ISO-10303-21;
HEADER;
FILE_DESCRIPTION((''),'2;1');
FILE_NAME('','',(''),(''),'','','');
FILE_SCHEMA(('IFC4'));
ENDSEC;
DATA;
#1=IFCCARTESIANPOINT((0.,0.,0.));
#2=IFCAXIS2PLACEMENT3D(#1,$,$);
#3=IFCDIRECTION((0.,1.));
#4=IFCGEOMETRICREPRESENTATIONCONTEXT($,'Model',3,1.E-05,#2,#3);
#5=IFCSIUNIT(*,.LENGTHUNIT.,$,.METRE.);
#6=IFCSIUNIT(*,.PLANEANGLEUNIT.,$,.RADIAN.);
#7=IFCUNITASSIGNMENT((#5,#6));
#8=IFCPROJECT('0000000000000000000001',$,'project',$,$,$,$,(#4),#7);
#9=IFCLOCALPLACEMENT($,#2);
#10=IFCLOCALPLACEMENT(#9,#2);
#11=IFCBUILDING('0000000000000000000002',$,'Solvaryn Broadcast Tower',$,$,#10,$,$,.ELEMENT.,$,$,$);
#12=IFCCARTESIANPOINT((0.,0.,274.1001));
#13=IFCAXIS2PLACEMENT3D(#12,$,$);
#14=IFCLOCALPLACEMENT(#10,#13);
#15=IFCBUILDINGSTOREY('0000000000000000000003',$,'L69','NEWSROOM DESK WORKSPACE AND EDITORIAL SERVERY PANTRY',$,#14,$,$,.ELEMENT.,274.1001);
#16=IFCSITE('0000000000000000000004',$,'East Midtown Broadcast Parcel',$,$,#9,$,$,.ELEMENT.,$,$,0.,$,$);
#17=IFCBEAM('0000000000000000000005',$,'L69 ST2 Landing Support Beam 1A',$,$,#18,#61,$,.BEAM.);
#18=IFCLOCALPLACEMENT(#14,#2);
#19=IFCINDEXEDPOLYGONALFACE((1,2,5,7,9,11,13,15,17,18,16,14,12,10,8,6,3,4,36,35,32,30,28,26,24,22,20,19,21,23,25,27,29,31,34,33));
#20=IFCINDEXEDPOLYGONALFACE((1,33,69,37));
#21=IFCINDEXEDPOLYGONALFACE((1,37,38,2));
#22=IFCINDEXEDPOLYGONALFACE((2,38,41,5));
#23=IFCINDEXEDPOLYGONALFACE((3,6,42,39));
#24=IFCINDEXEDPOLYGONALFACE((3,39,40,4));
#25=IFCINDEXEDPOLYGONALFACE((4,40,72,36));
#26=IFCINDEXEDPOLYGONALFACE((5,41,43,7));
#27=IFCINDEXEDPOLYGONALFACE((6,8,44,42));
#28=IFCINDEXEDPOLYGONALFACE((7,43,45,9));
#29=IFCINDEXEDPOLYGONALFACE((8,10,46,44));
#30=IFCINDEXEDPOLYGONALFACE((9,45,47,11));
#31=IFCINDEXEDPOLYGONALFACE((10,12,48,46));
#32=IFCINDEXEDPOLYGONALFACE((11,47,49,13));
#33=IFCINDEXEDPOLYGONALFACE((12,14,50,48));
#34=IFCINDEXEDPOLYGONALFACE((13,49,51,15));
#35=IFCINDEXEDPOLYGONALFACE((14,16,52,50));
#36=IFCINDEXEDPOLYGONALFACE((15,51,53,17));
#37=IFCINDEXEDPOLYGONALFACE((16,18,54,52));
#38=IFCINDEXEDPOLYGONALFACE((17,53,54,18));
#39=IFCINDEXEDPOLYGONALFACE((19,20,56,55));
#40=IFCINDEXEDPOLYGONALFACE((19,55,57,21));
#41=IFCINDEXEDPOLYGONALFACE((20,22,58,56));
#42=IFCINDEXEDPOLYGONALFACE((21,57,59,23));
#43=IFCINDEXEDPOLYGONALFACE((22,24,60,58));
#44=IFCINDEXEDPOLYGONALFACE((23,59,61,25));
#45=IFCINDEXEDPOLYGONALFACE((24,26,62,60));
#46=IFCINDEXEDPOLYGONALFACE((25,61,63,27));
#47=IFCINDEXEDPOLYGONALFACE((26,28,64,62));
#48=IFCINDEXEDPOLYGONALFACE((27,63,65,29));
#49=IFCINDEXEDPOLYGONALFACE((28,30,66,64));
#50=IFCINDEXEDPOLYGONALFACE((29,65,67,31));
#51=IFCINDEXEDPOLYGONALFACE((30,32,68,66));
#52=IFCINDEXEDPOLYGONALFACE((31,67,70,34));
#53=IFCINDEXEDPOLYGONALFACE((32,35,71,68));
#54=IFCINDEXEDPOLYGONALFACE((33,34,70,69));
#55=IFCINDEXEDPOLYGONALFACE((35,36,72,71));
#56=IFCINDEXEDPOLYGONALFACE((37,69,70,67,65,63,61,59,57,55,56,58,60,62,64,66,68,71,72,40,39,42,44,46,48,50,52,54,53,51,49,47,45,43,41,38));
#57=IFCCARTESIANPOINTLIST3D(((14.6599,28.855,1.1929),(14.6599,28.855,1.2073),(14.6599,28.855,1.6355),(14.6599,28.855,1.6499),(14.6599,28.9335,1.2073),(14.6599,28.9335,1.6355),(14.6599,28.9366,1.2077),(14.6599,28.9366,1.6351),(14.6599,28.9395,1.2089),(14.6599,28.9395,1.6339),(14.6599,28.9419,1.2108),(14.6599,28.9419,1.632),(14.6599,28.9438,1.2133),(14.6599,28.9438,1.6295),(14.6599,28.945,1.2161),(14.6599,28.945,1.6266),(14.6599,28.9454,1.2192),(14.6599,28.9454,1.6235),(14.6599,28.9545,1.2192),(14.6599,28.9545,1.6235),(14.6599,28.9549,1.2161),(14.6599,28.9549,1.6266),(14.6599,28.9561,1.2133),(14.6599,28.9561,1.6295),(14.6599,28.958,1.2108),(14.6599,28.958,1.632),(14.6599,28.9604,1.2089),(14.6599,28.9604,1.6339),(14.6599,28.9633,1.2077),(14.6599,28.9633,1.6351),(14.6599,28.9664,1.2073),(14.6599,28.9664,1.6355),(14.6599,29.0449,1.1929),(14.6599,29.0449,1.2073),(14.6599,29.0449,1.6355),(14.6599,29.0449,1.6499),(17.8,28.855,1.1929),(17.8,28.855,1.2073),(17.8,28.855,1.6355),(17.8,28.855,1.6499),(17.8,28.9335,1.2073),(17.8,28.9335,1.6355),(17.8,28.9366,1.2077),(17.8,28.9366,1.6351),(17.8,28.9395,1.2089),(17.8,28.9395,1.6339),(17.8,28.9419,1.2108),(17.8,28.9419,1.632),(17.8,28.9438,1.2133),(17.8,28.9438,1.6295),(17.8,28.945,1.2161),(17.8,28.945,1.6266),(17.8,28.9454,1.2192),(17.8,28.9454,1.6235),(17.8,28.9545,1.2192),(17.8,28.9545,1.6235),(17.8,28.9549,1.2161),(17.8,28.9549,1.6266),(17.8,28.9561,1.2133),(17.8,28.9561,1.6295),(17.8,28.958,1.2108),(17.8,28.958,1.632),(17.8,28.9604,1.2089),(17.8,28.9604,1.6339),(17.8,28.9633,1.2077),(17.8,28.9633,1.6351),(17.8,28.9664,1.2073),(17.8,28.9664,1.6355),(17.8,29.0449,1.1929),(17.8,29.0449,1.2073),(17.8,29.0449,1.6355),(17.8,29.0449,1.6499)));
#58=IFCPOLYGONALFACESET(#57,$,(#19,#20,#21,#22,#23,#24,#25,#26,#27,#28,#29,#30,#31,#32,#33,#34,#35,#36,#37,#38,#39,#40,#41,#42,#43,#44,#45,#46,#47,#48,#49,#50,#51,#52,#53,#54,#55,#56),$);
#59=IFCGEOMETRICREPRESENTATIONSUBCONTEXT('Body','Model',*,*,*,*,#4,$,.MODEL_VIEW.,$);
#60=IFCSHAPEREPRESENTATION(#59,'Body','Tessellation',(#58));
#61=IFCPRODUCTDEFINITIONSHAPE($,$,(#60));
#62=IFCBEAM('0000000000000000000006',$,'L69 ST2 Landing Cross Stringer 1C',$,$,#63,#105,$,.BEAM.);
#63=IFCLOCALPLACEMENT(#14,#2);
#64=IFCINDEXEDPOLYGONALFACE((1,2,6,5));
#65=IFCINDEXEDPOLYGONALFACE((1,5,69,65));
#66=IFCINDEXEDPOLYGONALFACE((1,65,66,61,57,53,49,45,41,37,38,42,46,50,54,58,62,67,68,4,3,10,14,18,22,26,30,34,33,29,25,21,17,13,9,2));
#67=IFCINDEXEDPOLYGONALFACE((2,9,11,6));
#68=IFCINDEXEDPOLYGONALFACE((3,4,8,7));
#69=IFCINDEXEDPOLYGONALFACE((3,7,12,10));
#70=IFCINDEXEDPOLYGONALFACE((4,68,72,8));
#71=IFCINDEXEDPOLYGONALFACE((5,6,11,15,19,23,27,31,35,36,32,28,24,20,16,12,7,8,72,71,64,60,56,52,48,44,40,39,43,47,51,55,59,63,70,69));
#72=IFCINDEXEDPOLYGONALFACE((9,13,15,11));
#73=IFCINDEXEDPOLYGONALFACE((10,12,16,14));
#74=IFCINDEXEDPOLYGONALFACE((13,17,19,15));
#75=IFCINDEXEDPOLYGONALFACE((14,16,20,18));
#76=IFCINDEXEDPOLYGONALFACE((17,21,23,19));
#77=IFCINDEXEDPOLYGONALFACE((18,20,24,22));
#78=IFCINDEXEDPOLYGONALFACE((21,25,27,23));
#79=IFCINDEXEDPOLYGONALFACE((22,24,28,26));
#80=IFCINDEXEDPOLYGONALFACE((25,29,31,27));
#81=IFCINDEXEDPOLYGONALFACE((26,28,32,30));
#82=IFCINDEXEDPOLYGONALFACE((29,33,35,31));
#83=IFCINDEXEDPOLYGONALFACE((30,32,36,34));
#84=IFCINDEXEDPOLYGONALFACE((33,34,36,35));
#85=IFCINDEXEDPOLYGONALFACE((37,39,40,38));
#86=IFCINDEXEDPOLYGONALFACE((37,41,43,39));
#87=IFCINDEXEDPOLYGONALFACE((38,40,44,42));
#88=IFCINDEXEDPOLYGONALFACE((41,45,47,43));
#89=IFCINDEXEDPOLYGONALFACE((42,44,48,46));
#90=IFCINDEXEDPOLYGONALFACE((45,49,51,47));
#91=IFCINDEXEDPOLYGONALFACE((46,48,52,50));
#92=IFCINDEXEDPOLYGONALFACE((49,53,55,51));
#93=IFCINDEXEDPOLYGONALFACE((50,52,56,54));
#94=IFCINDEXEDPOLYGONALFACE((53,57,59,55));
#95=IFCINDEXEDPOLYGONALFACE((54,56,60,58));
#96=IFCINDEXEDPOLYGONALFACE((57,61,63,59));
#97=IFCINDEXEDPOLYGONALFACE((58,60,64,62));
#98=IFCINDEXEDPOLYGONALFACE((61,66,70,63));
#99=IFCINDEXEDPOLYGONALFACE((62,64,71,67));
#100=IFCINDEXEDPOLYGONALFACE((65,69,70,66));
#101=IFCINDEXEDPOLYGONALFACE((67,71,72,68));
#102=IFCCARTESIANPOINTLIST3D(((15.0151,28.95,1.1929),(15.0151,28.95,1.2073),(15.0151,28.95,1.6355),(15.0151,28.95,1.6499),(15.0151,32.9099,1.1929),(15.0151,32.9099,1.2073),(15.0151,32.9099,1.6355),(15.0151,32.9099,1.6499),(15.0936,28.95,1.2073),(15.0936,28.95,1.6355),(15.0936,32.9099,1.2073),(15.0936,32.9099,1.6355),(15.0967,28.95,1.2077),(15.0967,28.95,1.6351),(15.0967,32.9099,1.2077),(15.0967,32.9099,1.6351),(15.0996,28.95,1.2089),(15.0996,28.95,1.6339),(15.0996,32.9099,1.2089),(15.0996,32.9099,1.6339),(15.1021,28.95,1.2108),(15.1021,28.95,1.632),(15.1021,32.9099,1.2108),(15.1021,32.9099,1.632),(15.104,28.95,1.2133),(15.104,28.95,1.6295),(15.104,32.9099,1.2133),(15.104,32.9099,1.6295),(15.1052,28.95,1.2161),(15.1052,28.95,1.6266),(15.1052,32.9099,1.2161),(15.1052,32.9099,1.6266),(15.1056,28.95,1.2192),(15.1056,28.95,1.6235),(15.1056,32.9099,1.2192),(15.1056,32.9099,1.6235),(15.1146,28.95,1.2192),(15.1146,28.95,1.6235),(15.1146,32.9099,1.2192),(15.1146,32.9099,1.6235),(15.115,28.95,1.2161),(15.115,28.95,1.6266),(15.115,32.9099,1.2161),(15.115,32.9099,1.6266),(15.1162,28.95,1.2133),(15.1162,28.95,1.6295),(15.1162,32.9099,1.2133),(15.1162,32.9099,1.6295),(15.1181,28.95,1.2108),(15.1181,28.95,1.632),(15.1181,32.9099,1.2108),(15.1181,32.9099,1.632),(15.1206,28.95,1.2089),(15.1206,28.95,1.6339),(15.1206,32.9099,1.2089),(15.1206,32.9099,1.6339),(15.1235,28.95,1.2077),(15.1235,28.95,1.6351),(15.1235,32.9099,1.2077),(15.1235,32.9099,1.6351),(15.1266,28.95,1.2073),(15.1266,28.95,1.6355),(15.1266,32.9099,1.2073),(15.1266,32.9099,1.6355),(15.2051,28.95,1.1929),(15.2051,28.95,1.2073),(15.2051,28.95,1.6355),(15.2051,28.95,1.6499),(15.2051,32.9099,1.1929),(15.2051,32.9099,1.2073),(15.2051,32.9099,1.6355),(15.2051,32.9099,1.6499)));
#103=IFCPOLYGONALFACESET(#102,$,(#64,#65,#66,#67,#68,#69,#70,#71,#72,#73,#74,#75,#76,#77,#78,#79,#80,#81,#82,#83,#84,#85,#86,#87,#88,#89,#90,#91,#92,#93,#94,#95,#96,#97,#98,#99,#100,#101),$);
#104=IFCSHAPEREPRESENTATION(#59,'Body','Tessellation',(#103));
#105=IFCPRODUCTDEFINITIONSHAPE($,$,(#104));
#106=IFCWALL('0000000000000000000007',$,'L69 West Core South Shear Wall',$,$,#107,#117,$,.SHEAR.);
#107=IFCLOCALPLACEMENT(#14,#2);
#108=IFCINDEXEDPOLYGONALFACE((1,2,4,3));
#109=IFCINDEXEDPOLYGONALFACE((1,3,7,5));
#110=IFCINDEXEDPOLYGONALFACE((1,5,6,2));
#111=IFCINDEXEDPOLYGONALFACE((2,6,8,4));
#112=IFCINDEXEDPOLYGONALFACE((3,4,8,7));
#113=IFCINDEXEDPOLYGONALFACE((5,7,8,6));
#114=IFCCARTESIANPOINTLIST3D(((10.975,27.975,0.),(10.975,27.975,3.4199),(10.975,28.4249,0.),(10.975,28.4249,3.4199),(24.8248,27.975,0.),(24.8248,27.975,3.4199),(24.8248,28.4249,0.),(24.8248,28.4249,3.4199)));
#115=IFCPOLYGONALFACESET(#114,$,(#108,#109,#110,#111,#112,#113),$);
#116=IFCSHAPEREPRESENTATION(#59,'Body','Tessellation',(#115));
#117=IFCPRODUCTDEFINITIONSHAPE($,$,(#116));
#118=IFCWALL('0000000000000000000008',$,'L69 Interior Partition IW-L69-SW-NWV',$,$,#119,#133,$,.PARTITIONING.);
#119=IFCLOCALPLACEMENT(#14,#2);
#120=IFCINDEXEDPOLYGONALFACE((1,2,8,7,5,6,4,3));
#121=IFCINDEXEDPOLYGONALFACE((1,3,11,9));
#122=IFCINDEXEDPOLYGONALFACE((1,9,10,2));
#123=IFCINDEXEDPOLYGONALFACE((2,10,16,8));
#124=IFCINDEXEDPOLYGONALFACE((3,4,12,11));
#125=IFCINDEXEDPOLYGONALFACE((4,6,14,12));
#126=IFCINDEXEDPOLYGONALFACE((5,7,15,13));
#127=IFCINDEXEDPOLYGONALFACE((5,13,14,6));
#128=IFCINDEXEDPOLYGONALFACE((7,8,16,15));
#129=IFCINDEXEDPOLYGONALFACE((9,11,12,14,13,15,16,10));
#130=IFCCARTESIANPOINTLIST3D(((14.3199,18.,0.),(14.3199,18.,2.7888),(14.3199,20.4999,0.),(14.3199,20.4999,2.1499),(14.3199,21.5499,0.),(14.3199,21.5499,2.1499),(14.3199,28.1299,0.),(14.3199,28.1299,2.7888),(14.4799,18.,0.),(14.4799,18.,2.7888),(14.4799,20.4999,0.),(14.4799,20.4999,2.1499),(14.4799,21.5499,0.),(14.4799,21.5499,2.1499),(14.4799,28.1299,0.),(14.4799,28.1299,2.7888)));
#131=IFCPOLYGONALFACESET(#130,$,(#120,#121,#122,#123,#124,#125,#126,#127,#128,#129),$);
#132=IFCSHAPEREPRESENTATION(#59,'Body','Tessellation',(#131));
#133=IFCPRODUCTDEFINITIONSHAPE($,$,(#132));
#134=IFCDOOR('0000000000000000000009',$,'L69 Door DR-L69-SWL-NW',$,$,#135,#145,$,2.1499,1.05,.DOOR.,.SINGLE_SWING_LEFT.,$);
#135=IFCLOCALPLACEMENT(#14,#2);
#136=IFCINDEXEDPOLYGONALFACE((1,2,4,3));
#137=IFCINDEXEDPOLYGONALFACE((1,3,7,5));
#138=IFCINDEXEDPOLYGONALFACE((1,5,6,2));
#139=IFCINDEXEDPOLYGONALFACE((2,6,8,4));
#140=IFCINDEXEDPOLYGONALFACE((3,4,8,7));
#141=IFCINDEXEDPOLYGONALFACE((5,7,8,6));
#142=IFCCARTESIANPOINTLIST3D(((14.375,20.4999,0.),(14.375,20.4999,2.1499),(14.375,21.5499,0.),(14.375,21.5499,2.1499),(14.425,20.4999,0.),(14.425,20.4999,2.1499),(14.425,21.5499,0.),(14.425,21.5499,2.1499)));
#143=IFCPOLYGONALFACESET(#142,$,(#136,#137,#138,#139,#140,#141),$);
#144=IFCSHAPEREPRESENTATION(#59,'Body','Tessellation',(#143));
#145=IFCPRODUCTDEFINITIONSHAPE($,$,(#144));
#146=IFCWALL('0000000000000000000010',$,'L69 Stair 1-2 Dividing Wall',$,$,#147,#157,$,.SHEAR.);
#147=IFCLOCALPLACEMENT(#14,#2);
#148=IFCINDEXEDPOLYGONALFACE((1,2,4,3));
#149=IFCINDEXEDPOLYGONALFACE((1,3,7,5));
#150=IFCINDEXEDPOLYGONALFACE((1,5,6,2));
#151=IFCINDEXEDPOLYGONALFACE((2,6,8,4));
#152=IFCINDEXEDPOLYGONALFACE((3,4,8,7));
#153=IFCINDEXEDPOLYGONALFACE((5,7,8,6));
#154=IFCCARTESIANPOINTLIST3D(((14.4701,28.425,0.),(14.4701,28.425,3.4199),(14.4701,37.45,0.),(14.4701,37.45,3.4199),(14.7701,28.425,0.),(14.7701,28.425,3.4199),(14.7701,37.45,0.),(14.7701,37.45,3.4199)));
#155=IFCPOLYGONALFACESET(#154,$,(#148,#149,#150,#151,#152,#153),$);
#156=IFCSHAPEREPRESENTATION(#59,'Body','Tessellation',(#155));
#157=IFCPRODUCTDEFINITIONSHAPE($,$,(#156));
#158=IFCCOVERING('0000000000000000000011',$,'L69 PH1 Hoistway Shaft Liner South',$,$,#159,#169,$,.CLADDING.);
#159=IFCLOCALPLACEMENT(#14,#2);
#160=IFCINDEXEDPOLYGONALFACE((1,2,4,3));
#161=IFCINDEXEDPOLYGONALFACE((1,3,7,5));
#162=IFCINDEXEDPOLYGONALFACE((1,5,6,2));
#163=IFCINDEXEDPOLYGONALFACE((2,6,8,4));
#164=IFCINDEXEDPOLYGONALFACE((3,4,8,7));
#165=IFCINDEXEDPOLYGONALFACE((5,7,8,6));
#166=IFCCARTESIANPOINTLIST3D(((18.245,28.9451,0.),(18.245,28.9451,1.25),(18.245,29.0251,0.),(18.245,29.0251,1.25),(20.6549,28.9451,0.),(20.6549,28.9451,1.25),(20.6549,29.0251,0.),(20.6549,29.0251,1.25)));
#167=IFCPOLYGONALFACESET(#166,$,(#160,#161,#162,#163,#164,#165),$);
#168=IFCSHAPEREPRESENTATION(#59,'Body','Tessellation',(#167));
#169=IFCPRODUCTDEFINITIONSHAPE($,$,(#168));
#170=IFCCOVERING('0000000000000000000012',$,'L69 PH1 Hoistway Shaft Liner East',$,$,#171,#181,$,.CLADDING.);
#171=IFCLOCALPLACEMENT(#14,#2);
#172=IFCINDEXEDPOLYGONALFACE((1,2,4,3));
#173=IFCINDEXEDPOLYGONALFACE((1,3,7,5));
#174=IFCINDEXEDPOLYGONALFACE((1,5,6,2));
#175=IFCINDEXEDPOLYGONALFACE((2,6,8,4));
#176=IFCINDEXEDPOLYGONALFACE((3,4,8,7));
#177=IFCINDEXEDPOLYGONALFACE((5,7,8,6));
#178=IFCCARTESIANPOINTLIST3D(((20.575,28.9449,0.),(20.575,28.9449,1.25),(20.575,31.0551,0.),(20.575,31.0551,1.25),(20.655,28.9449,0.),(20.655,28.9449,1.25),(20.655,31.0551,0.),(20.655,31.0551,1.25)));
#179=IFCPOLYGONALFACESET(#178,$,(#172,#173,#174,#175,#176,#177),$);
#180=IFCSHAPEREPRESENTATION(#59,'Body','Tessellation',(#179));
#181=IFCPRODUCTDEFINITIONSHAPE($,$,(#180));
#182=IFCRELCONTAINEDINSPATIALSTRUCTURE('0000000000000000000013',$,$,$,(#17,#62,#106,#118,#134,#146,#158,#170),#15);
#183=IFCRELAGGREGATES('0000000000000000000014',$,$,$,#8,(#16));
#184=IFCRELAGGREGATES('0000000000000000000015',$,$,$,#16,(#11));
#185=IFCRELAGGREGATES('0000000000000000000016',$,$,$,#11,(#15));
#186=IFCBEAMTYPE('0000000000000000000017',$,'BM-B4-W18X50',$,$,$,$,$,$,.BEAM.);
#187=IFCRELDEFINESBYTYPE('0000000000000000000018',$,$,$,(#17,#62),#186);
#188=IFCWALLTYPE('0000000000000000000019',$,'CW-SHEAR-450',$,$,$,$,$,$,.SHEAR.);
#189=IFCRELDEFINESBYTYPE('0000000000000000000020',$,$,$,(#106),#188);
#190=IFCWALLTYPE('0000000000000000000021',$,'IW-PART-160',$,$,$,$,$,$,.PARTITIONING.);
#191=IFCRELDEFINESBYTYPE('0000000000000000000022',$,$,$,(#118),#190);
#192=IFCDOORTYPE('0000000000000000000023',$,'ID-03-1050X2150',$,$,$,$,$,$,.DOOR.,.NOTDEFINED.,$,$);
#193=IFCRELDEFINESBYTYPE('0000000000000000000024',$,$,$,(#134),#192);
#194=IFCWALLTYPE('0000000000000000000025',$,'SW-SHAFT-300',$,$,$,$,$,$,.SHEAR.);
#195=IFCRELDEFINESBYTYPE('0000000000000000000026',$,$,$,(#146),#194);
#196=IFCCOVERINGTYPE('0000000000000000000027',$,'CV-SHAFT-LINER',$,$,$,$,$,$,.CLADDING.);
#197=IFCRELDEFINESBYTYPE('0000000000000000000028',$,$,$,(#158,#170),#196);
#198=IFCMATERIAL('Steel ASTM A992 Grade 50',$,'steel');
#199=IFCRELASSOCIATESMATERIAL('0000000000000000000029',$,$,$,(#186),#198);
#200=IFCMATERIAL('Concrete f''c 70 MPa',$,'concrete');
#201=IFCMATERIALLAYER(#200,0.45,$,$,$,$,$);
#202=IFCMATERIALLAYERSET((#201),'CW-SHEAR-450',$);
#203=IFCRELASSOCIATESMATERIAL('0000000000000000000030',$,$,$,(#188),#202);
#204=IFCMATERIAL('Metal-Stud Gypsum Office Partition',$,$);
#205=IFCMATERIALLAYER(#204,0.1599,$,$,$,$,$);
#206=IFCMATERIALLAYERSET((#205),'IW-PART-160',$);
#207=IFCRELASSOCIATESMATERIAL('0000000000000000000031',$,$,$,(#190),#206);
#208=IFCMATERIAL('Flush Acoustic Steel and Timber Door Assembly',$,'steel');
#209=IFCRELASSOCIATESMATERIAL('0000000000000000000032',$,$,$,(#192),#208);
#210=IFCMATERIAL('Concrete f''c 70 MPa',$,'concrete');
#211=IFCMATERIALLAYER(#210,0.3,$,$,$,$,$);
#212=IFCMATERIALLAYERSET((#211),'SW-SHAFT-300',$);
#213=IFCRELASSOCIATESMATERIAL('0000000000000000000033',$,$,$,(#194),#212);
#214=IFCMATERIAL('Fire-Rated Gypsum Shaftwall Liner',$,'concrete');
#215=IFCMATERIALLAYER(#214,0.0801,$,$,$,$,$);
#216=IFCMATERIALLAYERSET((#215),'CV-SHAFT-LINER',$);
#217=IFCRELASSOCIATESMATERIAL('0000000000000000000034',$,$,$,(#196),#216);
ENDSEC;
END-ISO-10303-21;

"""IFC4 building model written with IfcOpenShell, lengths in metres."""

from ifc_helpers import new_model, si_unit, direction, frame, frame_2d, origin, origin_2d, place, context, subcontext, project, spatial, rectangle, i_section, extrude, material, layer, layer_set, material_profile, profile_set, type_object, element, fill, save


model = new_model("IFC4")

# Units and contexts
model_context = context("Model", 3, precision=1e-05, world=origin(), true_north=direction((0.0, 1.0)))
body_context = subcontext(model_context, "Body", "Model", "MODEL_VIEW")
ifc_project = project(units=[si_unit("LENGTHUNIT", "METRE"), si_unit("PLANEANGLEUNIT", "RADIAN")], contexts=[model_context])

# Site, building, storey
site_placement = place(None, origin())
site = spatial("IfcSite", under=ifc_project, at=site_placement, Name="East Midtown Broadcast Parcel", CompositionType="ELEMENT", RefElevation=0.0)
building_placement = place(site_placement, origin())
building = spatial("IfcBuilding", under=site, at=building_placement, Name="Solvaryn Broadcast Tower", CompositionType="ELEMENT")
storey_placement = place(building_placement, frame((0.0, 0.0, 274.1001)))
storey = spatial("IfcBuildingStorey", under=building, at=storey_placement, Name="L69", Description="NEWSROOM DESK WORKSPACE AND EDITORIAL SERVERY PANTRY", CompositionType="ELEMENT", Elevation=274.1001)

# Beams
ifc_material_1 = material(Name="Steel ASTM A992 Grade 50", Category="steel")
ifc_material_profile_1 = material_profile(ifc_material_1, i_section(OverallWidth=0.1899, OverallDepth=0.457, WebThickness=0.009, FlangeThickness=0.0144, FilletRadius=0.012, at=origin_2d()))
ifc_profile_set_1 = profile_set([ifc_material_profile_1], Name="Steel ASTM A992 Grade 50")
beam_type_1 = type_object("IfcBeamType", Name="BM-B4-W18X50", PredefinedType="BEAM", material=ifc_profile_set_1)
beam_1_placement = place(storey_placement, frame((14.6599, 28.95, 1.4214), z_axis=(1.0, 0.0, 0.0), x_axis=(0.0, 1.0, 0.0)))
element("IfcBeam", 1, at=beam_1_placement, inside=storey, type_object=beam_type_1, Name="L69 ST2 Landing Support Beam 1A", PredefinedType="BEAM", context=body_context, shape_type="SweptSolid", body=[
    extrude(i_section(OverallWidth=0.1899, OverallDepth=0.457, WebThickness=0.009, FlangeThickness=0.0144, FilletRadius=0.012, at=origin_2d()), origin(), (0.0, 0.0, 1.0), 3.1401),
])
beam_2_placement = place(storey_placement, frame((15.1101, 28.95, 1.4214), z_axis=(0.0, 1.0, 0.0), x_axis=(-1.0, 0.0, 0.0)))
element("IfcBeam", 2, at=beam_2_placement, inside=storey, type_object=beam_type_1, Name="L69 ST2 Landing Cross Stringer 1C", PredefinedType="BEAM", context=body_context, shape_type="SweptSolid", body=[
    extrude(i_section(OverallWidth=0.1899, OverallDepth=0.457, WebThickness=0.009, FlangeThickness=0.0144, FilletRadius=0.012, at=origin_2d()), origin(), (0.0, 0.0, 1.0), 3.96),
])

# Wall
ifc_material_2 = material(Name="Concrete f'c 70 MPa", Category="concrete")
ifc_layer_1 = layer(ifc_material_2, 0.45)
ifc_layer_set_1 = layer_set([ifc_layer_1], Name="CW-SHEAR-450")
wall_type_1 = type_object("IfcWallType", Name="CW-SHEAR-450", PredefinedType="SHEAR", material=ifc_layer_set_1)
wall_1_placement = place(storey_placement, frame((10.9751, 28.2, 0.0), z_axis=(0.0, 0.0, 1.0), x_axis=(1.0, 0.0, 0.0)))
element("IfcWall", 3, at=wall_1_placement, inside=storey, type_object=wall_type_1, Name="L69 West Core South Shear Wall", PredefinedType="SHEAR", context=body_context, shape_type="SweptSolid", body=[
    extrude(rectangle(XDim=13.8499, YDim=0.45, at=frame_2d((6.9248, 0.0))), origin(), (0.0, 0.0, 1.0), 3.4199),
])

# Wall, opening, door
ifc_material_3 = material(Name="Metal-Stud Gypsum Office Partition")
ifc_layer_2 = layer(ifc_material_3, 0.1599)
ifc_layer_set_2 = layer_set([ifc_layer_2], Name="IW-PART-160")
wall_type_2 = type_object("IfcWallType", Name="IW-PART-160", PredefinedType="PARTITIONING", material=ifc_layer_set_2)
ifc_material_4 = material(Name="Flush Acoustic Steel and Timber Door Assembly", Category="steel")
door_type = type_object("IfcDoorType", Name="ID-03-1050X2150", OperationType="NOTDEFINED", PredefinedType="DOOR", material=ifc_material_4)
wall_2_placement = place(storey_placement, frame((14.3999, 18.0, 0.0), z_axis=(0.0, 0.0, 1.0), x_axis=(0.0, 1.0, 0.0)))
wall_2 = element("IfcWall", 4, at=wall_2_placement, inside=storey, type_object=wall_type_2, Name="L69 Interior Partition IW-L69-SW-NWV", PredefinedType="PARTITIONING", context=body_context, shape_type="SweptSolid", body=[
    extrude(rectangle(XDim=10.1299, YDim=0.1599, at=frame_2d((5.0649, 0.0))), origin(), (0.0, 0.0, 1.0), 2.7888),
])
opening_1_placement = place(wall_2_placement, frame((2.5, 0.0, 0.0)))
opening_1 = element("IfcOpeningElement", 5, at=opening_1_placement, cuts=wall_2, PredefinedType="OPENING", context=body_context, shape_type="SweptSolid", body=[
    extrude(rectangle(XDim=1.05, YDim=2.1499, at=frame_2d((0.5249, 1.075))), frame((0.0, 0.0901, 0.0), z_axis=(0.0, -1.0, 0.0), x_axis=(1.0, 0.0, 0.0)), (0.0, 0.0, 1.0), 0.1799),
])
door_1_placement = place(opening_1_placement, origin())
door_1 = element("IfcDoor", 6, at=door_1_placement, inside=storey, type_object=door_type, Name="L69 Door DR-L69-SWL-NW", OperationType="SINGLE_SWING_LEFT", OverallHeight=2.1499, OverallWidth=1.05, PredefinedType="DOOR", context=body_context, shape_type="SweptSolid", body=[
    extrude(rectangle(XDim=1.05, YDim=2.1499, at=frame_2d((0.5249, 1.075))), frame((0.0, 0.0249, 0.0), z_axis=(0.0, -1.0, 0.0), x_axis=(1.0, 0.0, 0.0)), (0.0, 0.0, 1.0), 0.05),
])
fill(opening_1, door_1)

# Wall
ifc_material_5 = material(Name="Concrete f'c 70 MPa", Category="concrete")
ifc_layer_3 = layer(ifc_material_5, 0.3)
ifc_layer_set_3 = layer_set([ifc_layer_3], Name="SW-SHAFT-300")
wall_type_3 = type_object("IfcWallType", Name="SW-SHAFT-300", PredefinedType="SHEAR", material=ifc_layer_set_3)
wall_3_placement = place(storey_placement, frame((14.6201, 28.425, 0.0), z_axis=(0.0, 0.0, 1.0), x_axis=(0.0, 1.0, 0.0)))
element("IfcWall", 7, at=wall_3_placement, inside=storey, type_object=wall_type_3, Name="L69 Stair 1-2 Dividing Wall", PredefinedType="SHEAR", context=body_context, shape_type="SweptSolid", body=[
    extrude(rectangle(XDim=9.0249, YDim=0.3, at=frame_2d((4.5125, 0.0))), origin(), (0.0, 0.0, 1.0), 3.4199),
])

# Coverings
ifc_material_6 = material(Name="Fire-Rated Gypsum Shaftwall Liner", Category="concrete")
ifc_layer_4 = layer(ifc_material_6, 0.0801)
ifc_layer_set_4 = layer_set([ifc_layer_4], Name="CV-SHAFT-LINER")
covering_type = type_object("IfcCoveringType", Name="CV-SHAFT-LINER", PredefinedType="CLADDING", material=ifc_layer_set_4)
covering_1_placement = place(storey_placement, frame((19.45, 28.9851, 0.0), z_axis=(0.0, 0.0, 1.0), x_axis=(1.0, 0.0, 0.0)))
element("IfcCovering", 8, at=covering_1_placement, inside=storey, type_object=covering_type, Name="L69 PH1 Hoistway Shaft Liner South", PredefinedType="CLADDING", context=body_context, shape_type="SweptSolid", body=[
    extrude(rectangle(XDim=2.4099, YDim=0.0801, at=origin_2d()), origin(), (0.0, 0.0, 1.0), 1.25),
])
for number, where, z_axis, x_axis, name in (
    (9, (20.615, 30.0, 0.0), (0.0, 0.0, 1.0), (1.0, 0.0, 0.0), "L69 PH1 Hoistway Shaft Liner East"),
):
    element("IfcCovering", number, at=place(storey_placement, frame(where, z_axis=z_axis, x_axis=x_axis)), inside=storey, type_object=covering_type, Name=name, PredefinedType="CLADDING", context=body_context, shape_type="SweptSolid", body=[
        extrude(rectangle(XDim=0.0801, YDim=2.1101, at=origin_2d()), origin(), (0.0, 0.0, 1.0), 1.25),
    ])

save(model, "model.ifc")
